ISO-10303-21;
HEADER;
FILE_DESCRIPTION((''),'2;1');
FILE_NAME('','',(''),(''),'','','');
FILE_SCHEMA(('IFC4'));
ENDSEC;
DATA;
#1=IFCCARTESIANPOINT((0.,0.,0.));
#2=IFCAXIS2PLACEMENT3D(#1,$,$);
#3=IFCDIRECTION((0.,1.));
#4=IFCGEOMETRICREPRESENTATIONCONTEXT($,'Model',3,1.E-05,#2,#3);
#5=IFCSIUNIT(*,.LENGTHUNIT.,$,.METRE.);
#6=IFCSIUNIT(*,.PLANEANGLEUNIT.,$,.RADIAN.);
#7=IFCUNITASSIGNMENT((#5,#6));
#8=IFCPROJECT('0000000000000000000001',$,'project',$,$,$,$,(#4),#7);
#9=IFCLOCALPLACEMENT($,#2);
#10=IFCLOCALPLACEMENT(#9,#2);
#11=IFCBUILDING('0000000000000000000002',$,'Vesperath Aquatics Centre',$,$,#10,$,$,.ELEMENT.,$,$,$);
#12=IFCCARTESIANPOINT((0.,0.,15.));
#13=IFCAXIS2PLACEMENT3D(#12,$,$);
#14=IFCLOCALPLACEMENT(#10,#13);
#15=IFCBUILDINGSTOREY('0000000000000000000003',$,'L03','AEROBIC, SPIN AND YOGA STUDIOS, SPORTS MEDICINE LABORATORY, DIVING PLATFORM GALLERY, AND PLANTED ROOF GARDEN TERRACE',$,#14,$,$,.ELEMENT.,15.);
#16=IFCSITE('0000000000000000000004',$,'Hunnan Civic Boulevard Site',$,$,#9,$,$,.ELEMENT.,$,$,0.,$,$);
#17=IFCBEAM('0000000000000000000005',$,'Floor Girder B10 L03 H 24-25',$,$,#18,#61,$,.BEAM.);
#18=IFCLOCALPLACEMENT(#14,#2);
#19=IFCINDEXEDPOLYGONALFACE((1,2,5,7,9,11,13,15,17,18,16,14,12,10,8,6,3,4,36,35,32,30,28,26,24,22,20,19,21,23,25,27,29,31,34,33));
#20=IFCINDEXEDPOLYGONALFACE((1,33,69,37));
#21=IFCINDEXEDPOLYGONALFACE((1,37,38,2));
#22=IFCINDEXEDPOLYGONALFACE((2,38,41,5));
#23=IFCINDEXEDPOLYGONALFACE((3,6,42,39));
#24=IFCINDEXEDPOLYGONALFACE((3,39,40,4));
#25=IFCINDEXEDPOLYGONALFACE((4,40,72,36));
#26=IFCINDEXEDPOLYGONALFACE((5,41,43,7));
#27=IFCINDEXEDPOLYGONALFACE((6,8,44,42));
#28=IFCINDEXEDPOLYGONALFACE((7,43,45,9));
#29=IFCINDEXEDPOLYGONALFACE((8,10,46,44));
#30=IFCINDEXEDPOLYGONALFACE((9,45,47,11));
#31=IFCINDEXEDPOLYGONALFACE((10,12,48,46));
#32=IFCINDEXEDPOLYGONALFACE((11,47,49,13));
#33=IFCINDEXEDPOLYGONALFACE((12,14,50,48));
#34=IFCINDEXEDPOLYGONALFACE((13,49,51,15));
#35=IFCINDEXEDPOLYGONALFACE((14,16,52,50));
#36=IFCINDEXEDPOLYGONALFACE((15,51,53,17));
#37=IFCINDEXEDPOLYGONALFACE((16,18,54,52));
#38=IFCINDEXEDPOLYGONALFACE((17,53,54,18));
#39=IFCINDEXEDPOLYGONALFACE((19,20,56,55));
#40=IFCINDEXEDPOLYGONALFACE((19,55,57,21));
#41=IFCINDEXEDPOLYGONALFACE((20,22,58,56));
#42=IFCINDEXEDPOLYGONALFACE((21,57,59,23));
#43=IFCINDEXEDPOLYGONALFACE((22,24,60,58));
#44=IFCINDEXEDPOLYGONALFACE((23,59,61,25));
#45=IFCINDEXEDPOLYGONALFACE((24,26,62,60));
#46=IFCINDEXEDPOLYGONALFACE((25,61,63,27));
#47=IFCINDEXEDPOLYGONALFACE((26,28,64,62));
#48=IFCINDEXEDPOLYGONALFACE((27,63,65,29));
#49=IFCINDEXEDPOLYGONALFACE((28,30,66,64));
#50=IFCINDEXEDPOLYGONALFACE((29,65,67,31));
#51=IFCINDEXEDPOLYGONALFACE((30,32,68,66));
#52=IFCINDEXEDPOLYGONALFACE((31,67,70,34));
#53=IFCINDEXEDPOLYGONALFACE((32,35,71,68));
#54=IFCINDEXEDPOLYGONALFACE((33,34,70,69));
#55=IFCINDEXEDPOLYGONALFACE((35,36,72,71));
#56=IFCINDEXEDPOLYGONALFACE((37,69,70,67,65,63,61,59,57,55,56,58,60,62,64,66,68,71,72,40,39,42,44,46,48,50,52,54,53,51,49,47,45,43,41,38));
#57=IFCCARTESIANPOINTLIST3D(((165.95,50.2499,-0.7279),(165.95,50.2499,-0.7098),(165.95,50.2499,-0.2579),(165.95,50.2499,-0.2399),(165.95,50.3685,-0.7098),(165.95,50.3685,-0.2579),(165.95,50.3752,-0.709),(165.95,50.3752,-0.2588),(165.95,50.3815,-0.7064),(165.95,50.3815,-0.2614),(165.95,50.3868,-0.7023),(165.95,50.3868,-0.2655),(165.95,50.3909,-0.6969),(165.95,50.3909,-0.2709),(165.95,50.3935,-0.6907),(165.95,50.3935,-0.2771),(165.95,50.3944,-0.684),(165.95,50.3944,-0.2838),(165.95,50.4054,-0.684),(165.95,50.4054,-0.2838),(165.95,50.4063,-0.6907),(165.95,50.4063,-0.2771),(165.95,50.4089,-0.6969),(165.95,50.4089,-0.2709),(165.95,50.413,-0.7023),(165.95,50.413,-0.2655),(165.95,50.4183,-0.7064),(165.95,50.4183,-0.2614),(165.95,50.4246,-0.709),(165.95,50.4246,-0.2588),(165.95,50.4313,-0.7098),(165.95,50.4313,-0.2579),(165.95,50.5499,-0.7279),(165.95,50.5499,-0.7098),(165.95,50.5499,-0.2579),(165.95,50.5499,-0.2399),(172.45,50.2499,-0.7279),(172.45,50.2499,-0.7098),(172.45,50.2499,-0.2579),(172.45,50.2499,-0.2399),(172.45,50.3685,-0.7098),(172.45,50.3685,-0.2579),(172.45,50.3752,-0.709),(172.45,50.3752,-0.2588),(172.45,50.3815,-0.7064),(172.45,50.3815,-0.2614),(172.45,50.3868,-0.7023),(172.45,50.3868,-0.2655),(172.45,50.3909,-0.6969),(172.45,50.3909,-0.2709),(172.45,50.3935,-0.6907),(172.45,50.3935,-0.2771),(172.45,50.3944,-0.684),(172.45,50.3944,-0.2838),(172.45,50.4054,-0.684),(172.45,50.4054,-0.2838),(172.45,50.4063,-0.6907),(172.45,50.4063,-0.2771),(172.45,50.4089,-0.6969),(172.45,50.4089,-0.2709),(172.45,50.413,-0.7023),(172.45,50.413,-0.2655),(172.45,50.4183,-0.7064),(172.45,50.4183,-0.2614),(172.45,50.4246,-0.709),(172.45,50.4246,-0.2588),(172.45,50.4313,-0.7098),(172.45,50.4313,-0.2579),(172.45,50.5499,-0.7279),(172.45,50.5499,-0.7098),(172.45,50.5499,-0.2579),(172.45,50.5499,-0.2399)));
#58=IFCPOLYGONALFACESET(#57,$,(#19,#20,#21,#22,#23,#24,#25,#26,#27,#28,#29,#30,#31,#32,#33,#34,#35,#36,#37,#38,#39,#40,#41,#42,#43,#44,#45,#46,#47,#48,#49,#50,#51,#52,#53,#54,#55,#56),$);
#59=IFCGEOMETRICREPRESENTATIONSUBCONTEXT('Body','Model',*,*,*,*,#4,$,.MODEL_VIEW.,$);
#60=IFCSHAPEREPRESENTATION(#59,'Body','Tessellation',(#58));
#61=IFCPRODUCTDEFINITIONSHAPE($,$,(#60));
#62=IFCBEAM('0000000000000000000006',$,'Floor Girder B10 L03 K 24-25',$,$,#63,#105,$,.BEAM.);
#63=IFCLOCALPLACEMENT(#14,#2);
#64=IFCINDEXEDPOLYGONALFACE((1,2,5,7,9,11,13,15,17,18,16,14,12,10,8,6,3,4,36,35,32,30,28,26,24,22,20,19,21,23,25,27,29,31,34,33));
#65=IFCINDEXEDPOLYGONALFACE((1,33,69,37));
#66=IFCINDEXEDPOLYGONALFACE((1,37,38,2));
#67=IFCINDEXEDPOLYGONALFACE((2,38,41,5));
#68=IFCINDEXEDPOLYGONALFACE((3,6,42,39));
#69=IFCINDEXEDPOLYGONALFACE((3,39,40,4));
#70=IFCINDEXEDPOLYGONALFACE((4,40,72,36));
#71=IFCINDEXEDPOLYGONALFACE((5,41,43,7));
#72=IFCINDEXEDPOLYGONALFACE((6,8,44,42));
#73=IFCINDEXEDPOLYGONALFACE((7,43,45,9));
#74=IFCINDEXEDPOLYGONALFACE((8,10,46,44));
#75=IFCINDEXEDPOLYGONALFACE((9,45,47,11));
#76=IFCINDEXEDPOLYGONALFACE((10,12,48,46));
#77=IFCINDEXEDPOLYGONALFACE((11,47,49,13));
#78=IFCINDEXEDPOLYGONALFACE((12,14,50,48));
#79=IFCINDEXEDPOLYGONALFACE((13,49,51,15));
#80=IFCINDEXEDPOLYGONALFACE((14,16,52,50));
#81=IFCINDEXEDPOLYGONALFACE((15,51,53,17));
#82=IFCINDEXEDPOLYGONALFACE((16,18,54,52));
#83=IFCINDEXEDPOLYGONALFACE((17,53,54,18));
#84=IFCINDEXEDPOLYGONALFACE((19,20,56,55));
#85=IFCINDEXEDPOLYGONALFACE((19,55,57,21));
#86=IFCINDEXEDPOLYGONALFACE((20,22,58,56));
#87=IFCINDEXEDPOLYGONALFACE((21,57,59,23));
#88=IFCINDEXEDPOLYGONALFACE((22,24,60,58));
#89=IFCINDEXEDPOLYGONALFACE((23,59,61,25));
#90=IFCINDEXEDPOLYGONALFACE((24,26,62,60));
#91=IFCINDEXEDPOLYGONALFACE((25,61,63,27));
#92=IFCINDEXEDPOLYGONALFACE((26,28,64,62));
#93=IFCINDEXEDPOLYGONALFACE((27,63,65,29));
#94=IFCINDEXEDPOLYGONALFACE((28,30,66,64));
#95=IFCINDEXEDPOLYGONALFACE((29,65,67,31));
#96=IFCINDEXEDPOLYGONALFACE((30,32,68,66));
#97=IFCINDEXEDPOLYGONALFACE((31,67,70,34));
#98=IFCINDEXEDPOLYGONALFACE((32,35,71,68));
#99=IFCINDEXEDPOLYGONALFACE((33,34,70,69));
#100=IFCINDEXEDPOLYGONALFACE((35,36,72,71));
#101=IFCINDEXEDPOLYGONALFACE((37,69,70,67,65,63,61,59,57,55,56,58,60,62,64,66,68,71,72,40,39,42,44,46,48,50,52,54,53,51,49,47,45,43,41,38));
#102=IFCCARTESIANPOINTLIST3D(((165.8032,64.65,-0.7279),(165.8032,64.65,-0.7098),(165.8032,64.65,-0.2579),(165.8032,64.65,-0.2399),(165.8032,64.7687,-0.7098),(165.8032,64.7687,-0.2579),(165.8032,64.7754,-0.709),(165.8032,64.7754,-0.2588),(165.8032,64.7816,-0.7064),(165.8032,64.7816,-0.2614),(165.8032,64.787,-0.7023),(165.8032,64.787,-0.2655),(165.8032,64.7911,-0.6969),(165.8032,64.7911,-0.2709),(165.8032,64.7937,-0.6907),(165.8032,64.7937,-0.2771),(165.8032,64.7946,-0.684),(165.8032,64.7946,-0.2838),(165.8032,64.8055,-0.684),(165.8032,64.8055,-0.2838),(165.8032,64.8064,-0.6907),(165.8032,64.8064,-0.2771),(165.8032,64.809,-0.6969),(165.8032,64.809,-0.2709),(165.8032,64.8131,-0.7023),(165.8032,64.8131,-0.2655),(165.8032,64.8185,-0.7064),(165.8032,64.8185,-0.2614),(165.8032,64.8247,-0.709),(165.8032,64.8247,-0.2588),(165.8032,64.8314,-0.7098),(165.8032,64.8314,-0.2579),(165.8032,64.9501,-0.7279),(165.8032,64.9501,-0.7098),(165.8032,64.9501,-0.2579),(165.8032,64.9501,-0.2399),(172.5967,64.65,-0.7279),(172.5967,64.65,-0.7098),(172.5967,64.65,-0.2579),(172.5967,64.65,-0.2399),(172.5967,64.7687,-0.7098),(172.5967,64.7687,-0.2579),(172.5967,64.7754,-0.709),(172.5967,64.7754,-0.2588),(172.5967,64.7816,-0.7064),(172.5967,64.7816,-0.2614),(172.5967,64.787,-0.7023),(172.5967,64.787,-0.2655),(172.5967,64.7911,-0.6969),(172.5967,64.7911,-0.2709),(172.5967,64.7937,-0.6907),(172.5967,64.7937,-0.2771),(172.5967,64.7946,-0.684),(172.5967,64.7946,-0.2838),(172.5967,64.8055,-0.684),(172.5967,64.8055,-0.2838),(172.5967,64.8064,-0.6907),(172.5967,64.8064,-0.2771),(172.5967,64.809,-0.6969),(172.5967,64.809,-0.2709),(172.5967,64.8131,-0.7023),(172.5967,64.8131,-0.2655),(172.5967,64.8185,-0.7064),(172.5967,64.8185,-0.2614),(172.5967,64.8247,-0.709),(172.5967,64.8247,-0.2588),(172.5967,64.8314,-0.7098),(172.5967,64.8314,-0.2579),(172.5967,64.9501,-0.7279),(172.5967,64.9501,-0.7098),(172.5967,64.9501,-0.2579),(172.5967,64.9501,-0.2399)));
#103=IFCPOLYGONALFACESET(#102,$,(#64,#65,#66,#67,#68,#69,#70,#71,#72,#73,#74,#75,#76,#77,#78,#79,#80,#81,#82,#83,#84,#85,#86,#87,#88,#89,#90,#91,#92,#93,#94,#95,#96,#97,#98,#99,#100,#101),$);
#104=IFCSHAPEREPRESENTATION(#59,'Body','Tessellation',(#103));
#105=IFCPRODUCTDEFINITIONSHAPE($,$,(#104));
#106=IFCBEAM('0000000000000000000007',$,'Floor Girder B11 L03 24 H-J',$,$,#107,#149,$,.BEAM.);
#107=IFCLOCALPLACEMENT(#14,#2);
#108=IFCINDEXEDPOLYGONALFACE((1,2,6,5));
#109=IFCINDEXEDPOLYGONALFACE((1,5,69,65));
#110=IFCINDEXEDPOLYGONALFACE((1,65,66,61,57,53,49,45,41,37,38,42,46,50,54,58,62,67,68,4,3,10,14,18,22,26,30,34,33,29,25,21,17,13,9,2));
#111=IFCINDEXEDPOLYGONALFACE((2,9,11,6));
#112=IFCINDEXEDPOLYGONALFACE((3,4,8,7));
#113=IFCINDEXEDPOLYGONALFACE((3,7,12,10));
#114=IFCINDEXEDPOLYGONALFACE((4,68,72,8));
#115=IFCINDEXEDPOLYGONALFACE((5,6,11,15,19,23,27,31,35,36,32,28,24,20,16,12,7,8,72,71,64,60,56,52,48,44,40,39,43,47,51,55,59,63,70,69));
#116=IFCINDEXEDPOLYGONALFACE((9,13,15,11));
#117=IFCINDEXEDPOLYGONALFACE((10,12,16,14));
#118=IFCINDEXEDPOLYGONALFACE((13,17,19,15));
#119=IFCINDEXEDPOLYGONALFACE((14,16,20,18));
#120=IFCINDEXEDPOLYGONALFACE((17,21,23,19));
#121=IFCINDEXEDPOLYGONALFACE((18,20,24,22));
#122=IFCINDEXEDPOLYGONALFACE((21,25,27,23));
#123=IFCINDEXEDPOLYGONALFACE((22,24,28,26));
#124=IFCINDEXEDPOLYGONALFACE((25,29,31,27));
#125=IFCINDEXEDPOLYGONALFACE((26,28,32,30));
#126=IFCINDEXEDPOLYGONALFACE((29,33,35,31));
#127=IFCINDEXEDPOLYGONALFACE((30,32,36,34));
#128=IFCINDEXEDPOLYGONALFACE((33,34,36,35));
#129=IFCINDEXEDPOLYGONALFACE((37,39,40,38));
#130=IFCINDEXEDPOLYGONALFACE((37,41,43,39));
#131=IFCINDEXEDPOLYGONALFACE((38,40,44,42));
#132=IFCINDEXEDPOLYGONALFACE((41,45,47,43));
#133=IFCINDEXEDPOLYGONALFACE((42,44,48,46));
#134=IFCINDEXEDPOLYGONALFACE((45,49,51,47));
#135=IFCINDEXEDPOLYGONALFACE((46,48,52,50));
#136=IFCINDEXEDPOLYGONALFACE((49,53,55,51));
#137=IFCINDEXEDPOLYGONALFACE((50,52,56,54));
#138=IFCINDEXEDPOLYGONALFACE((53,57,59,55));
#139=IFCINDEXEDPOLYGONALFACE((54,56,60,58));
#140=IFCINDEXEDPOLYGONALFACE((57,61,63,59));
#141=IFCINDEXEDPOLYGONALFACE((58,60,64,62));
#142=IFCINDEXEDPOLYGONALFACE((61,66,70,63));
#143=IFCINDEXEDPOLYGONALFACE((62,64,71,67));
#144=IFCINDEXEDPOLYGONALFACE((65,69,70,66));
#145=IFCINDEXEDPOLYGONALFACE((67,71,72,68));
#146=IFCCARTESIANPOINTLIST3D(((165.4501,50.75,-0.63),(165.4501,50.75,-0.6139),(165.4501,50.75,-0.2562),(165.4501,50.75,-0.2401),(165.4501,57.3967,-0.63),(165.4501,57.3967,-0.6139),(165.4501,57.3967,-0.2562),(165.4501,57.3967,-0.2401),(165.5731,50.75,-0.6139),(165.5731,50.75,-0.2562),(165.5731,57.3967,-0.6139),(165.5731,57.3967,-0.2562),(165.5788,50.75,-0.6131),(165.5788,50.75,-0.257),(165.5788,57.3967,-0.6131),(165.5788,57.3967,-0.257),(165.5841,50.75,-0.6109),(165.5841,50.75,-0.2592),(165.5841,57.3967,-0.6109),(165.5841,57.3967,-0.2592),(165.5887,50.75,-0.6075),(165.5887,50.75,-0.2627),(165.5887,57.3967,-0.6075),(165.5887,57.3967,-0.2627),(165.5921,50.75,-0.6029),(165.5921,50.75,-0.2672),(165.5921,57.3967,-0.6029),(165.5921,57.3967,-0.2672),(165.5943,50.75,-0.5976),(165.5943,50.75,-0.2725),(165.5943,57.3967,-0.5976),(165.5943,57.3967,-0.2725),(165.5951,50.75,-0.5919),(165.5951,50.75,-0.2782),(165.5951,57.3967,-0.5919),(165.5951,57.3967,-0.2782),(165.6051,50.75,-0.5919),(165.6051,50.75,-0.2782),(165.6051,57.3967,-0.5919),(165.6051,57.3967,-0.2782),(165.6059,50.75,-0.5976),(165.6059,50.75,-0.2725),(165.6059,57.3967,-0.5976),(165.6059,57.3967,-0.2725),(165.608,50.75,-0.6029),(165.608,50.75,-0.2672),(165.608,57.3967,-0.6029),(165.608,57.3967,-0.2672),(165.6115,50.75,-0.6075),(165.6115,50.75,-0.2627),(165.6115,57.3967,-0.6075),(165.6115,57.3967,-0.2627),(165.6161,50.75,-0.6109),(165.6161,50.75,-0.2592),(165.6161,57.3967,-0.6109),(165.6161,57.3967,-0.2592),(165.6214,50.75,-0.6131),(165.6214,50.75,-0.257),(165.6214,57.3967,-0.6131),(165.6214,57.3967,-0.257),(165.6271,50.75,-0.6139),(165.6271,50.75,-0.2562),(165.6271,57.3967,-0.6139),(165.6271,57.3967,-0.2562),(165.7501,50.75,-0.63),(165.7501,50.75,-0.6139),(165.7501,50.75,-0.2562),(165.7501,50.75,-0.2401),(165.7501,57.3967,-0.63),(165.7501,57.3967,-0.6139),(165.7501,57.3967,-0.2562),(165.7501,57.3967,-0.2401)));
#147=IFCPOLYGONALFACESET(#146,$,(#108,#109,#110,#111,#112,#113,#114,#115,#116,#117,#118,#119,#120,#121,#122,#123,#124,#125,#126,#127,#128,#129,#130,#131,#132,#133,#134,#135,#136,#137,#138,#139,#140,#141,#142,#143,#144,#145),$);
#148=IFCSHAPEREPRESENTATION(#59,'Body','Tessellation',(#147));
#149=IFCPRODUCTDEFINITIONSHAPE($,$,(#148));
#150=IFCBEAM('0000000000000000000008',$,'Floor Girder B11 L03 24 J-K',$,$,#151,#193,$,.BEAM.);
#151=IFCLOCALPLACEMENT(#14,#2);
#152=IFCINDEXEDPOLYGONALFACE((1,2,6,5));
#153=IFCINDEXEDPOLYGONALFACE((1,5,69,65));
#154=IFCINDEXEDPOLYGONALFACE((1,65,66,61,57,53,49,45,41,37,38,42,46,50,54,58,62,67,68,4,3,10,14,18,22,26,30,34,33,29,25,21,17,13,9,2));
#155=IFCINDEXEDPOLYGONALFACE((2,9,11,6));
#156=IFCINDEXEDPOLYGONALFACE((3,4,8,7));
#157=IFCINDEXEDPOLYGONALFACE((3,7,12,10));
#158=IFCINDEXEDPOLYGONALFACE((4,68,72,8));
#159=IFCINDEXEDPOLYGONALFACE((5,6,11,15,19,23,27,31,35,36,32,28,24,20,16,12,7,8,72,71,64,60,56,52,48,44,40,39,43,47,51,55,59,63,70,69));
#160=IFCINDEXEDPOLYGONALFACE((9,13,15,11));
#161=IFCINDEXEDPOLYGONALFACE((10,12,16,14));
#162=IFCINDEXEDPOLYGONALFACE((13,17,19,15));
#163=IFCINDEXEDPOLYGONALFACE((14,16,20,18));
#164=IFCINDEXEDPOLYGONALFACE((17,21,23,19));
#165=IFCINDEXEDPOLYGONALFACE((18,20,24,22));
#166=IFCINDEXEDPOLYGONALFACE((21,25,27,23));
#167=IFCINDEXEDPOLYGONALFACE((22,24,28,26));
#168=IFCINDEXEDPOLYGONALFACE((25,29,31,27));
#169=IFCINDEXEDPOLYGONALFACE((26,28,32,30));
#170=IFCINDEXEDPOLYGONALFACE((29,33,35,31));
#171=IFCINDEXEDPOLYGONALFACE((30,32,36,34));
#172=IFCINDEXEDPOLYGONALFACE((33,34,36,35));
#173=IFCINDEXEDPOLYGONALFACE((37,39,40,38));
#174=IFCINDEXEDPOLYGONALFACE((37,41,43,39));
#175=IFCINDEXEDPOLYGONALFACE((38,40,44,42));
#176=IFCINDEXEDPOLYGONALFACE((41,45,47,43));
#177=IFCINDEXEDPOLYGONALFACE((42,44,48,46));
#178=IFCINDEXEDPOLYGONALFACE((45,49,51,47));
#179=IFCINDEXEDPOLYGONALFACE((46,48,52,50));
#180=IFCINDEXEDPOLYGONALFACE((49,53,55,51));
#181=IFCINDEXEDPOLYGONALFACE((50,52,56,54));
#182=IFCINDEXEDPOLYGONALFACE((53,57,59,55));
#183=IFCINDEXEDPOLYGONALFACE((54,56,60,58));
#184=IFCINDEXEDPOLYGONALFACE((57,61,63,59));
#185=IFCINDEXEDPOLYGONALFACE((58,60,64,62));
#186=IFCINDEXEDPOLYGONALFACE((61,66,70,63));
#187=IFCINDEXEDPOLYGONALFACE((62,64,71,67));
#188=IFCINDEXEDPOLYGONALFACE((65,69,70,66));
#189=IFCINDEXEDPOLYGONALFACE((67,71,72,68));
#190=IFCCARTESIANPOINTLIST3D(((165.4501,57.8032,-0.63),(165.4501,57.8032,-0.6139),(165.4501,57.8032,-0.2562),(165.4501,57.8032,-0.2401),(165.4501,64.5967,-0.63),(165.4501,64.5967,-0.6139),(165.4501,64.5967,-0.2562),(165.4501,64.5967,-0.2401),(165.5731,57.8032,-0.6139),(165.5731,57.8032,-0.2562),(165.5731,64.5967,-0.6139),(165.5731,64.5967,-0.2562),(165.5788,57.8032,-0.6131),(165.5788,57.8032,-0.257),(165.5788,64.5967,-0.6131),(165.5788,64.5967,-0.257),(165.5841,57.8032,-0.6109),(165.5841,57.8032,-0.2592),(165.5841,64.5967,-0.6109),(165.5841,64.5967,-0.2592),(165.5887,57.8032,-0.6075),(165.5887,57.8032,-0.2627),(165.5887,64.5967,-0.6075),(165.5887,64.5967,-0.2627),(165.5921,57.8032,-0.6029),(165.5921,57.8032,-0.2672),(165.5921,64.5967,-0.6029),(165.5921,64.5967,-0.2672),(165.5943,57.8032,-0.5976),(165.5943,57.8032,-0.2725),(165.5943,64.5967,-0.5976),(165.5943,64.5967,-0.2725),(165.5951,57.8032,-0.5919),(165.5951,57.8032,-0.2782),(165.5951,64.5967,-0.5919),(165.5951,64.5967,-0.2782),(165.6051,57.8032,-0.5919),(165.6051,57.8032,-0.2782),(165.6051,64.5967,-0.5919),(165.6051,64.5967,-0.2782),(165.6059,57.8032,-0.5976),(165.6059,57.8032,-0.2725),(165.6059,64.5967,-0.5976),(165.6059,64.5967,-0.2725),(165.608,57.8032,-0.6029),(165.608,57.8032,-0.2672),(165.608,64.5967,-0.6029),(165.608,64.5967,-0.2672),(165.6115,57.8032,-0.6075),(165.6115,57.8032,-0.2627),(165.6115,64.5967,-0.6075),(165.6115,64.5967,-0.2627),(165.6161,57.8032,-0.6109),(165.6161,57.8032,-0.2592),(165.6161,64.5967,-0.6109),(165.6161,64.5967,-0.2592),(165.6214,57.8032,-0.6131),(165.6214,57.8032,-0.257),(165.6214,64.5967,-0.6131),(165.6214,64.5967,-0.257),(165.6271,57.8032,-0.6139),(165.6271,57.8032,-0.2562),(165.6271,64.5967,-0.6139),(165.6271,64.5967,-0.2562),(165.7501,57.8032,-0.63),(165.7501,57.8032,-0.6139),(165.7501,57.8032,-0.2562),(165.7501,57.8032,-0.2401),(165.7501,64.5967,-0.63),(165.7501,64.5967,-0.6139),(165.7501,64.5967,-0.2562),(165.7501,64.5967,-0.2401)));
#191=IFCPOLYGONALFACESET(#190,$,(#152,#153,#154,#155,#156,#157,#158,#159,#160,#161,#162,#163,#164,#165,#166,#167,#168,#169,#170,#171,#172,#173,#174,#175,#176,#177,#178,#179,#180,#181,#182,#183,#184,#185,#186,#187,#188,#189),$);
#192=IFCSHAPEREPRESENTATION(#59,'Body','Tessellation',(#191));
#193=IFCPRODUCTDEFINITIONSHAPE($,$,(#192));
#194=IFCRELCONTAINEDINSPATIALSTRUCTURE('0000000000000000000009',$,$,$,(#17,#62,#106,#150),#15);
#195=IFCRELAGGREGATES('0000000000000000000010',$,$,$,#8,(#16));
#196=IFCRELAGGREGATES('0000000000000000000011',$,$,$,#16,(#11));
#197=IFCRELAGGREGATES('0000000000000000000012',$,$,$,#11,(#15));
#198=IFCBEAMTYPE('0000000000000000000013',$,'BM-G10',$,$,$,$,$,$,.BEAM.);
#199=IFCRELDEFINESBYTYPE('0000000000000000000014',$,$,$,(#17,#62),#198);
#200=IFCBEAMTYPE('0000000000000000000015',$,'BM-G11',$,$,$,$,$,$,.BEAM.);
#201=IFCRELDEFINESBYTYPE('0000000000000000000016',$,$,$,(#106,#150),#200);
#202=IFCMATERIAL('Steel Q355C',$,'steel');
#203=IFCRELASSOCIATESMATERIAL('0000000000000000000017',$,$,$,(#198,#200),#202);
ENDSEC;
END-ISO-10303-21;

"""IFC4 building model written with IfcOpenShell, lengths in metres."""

from ifc_helpers import new_model, si_unit, direction, frame, origin, origin_2d, place, context, subcontext, project, spatial, i_section, extrude, material, material_profile, profile_set, type_object, element, save


model = new_model("IFC4")

# Units and contexts
model_context = context("Model", 3, precision=1e-05, world=origin(), true_north=direction((0.0, 1.0)))
body_context = subcontext(model_context, "Body", "Model", "MODEL_VIEW")
ifc_project = project(units=[si_unit("LENGTHUNIT", "METRE"), si_unit("PLANEANGLEUNIT", "RADIAN")], contexts=[model_context])

# Site, building, storey
site_placement = place(None, origin())
site = spatial("IfcSite", under=ifc_project, at=site_placement, Name="Hunnan Civic Boulevard Site", CompositionType="ELEMENT", RefElevation=0.0)
building_placement = place(site_placement, origin())
building = spatial("IfcBuilding", under=site, at=building_placement, Name="Vesperath Aquatics Centre", CompositionType="ELEMENT")
storey_placement = place(building_placement, frame((0.0, 0.0, 15.0)))
storey = spatial("IfcBuildingStorey", under=building, at=storey_placement, Name="L03", Description="AEROBIC, SPIN AND YOGA STUDIOS, SPORTS MEDICINE LABORATORY, DIVING PLATFORM GALLERY, AND PLANTED ROOF GARDEN TERRACE", CompositionType="ELEMENT", Elevation=15.0)

# Beams
ifc_material_1 = material(Name="Steel Q355C", Category="steel")
ifc_material_profile_1 = material_profile(ifc_material_1, i_section(OverallWidth=0.3, OverallDepth=0.488, WebThickness=0.011, FlangeThickness=0.0181, FilletRadius=0.0259, at=origin_2d()), Name="HM 488x300x11x18")
ifc_profile_set_1 = profile_set([ifc_material_profile_1], Name="Steel Q355C")
beam_type_1 = type_object("IfcBeamType", Name="BM-G10", PredefinedType="BEAM", material=ifc_profile_set_1)
beam_1_placement = place(storey_placement, frame((165.95, 50.3999, -0.4839), z_axis=(1.0, 0.0, 0.0), x_axis=(0.0, 1.0, 0.0)))
element("IfcBeam", 1, at=beam_1_placement, inside=storey, type_object=beam_type_1, Name="Floor Girder B10 L03 H 24-25", PredefinedType="BEAM", context=body_context, shape_type="SweptSolid", body=[
    extrude(i_section(OverallWidth=0.3, OverallDepth=0.488, WebThickness=0.011, FlangeThickness=0.0181, FilletRadius=0.0259, at=origin_2d()), origin(), (0.0, 0.0, 1.0), 6.5),
])
beam_2_placement = place(storey_placement, frame((165.8032, 64.8, -0.4839), z_axis=(1.0, 0.0, 0.0), x_axis=(0.0, 1.0, 0.0)))
element("IfcBeam", 2, at=beam_2_placement, inside=storey, type_object=beam_type_1, Name="Floor Girder B10 L03 K 24-25", PredefinedType="BEAM", context=body_context, shape_type="SweptSolid", body=[
    extrude(i_section(OverallWidth=0.3, OverallDepth=0.488, WebThickness=0.011, FlangeThickness=0.0181, FilletRadius=0.0259, at=origin_2d()), origin(), (0.0, 0.0, 1.0), 6.7935),
])
ifc_material_profile_2 = material_profile(ifc_material_1, i_section(OverallWidth=0.3, OverallDepth=0.3899, WebThickness=0.01, FlangeThickness=0.0161, FilletRadius=0.022, at=origin_2d()), Name="HM 390x300x10x16")
ifc_profile_set_2 = profile_set([ifc_material_profile_2], Name="Steel Q355C")
beam_type_2 = type_object("IfcBeamType", Name="BM-G11", PredefinedType="BEAM", material=ifc_profile_set_2)
beam_3_placement = place(storey_placement, frame((165.6001, 50.75, -0.4351), z_axis=(0.0, 1.0, 0.0), x_axis=(-1.0, 0.0, 0.0)))
element("IfcBeam", 3, at=beam_3_placement, inside=storey, type_object=beam_type_2, Name="Floor Girder B11 L03 24 H-J", PredefinedType="BEAM", context=body_context, shape_type="SweptSolid", body=[
    extrude(i_section(OverallWidth=0.3, OverallDepth=0.3899, WebThickness=0.01, FlangeThickness=0.0161, FilletRadius=0.022, at=origin_2d()), origin(), (0.0, 0.0, 1.0), 6.6467),
])
beam_4_placement = place(storey_placement, frame((165.6001, 57.8032, -0.4351), z_axis=(0.0, 1.0, 0.0), x_axis=(-1.0, 0.0, 0.0)))
element("IfcBeam", 4, at=beam_4_placement, inside=storey, type_object=beam_type_2, Name="Floor Girder B11 L03 24 J-K", PredefinedType="BEAM", context=body_context, shape_type="SweptSolid", body=[
    extrude(i_section(OverallWidth=0.3, OverallDepth=0.3899, WebThickness=0.01, FlangeThickness=0.0161, FilletRadius=0.022, at=origin_2d()), origin(), (0.0, 0.0, 1.0), 6.7935),
])

save(model, "model.ifc")
